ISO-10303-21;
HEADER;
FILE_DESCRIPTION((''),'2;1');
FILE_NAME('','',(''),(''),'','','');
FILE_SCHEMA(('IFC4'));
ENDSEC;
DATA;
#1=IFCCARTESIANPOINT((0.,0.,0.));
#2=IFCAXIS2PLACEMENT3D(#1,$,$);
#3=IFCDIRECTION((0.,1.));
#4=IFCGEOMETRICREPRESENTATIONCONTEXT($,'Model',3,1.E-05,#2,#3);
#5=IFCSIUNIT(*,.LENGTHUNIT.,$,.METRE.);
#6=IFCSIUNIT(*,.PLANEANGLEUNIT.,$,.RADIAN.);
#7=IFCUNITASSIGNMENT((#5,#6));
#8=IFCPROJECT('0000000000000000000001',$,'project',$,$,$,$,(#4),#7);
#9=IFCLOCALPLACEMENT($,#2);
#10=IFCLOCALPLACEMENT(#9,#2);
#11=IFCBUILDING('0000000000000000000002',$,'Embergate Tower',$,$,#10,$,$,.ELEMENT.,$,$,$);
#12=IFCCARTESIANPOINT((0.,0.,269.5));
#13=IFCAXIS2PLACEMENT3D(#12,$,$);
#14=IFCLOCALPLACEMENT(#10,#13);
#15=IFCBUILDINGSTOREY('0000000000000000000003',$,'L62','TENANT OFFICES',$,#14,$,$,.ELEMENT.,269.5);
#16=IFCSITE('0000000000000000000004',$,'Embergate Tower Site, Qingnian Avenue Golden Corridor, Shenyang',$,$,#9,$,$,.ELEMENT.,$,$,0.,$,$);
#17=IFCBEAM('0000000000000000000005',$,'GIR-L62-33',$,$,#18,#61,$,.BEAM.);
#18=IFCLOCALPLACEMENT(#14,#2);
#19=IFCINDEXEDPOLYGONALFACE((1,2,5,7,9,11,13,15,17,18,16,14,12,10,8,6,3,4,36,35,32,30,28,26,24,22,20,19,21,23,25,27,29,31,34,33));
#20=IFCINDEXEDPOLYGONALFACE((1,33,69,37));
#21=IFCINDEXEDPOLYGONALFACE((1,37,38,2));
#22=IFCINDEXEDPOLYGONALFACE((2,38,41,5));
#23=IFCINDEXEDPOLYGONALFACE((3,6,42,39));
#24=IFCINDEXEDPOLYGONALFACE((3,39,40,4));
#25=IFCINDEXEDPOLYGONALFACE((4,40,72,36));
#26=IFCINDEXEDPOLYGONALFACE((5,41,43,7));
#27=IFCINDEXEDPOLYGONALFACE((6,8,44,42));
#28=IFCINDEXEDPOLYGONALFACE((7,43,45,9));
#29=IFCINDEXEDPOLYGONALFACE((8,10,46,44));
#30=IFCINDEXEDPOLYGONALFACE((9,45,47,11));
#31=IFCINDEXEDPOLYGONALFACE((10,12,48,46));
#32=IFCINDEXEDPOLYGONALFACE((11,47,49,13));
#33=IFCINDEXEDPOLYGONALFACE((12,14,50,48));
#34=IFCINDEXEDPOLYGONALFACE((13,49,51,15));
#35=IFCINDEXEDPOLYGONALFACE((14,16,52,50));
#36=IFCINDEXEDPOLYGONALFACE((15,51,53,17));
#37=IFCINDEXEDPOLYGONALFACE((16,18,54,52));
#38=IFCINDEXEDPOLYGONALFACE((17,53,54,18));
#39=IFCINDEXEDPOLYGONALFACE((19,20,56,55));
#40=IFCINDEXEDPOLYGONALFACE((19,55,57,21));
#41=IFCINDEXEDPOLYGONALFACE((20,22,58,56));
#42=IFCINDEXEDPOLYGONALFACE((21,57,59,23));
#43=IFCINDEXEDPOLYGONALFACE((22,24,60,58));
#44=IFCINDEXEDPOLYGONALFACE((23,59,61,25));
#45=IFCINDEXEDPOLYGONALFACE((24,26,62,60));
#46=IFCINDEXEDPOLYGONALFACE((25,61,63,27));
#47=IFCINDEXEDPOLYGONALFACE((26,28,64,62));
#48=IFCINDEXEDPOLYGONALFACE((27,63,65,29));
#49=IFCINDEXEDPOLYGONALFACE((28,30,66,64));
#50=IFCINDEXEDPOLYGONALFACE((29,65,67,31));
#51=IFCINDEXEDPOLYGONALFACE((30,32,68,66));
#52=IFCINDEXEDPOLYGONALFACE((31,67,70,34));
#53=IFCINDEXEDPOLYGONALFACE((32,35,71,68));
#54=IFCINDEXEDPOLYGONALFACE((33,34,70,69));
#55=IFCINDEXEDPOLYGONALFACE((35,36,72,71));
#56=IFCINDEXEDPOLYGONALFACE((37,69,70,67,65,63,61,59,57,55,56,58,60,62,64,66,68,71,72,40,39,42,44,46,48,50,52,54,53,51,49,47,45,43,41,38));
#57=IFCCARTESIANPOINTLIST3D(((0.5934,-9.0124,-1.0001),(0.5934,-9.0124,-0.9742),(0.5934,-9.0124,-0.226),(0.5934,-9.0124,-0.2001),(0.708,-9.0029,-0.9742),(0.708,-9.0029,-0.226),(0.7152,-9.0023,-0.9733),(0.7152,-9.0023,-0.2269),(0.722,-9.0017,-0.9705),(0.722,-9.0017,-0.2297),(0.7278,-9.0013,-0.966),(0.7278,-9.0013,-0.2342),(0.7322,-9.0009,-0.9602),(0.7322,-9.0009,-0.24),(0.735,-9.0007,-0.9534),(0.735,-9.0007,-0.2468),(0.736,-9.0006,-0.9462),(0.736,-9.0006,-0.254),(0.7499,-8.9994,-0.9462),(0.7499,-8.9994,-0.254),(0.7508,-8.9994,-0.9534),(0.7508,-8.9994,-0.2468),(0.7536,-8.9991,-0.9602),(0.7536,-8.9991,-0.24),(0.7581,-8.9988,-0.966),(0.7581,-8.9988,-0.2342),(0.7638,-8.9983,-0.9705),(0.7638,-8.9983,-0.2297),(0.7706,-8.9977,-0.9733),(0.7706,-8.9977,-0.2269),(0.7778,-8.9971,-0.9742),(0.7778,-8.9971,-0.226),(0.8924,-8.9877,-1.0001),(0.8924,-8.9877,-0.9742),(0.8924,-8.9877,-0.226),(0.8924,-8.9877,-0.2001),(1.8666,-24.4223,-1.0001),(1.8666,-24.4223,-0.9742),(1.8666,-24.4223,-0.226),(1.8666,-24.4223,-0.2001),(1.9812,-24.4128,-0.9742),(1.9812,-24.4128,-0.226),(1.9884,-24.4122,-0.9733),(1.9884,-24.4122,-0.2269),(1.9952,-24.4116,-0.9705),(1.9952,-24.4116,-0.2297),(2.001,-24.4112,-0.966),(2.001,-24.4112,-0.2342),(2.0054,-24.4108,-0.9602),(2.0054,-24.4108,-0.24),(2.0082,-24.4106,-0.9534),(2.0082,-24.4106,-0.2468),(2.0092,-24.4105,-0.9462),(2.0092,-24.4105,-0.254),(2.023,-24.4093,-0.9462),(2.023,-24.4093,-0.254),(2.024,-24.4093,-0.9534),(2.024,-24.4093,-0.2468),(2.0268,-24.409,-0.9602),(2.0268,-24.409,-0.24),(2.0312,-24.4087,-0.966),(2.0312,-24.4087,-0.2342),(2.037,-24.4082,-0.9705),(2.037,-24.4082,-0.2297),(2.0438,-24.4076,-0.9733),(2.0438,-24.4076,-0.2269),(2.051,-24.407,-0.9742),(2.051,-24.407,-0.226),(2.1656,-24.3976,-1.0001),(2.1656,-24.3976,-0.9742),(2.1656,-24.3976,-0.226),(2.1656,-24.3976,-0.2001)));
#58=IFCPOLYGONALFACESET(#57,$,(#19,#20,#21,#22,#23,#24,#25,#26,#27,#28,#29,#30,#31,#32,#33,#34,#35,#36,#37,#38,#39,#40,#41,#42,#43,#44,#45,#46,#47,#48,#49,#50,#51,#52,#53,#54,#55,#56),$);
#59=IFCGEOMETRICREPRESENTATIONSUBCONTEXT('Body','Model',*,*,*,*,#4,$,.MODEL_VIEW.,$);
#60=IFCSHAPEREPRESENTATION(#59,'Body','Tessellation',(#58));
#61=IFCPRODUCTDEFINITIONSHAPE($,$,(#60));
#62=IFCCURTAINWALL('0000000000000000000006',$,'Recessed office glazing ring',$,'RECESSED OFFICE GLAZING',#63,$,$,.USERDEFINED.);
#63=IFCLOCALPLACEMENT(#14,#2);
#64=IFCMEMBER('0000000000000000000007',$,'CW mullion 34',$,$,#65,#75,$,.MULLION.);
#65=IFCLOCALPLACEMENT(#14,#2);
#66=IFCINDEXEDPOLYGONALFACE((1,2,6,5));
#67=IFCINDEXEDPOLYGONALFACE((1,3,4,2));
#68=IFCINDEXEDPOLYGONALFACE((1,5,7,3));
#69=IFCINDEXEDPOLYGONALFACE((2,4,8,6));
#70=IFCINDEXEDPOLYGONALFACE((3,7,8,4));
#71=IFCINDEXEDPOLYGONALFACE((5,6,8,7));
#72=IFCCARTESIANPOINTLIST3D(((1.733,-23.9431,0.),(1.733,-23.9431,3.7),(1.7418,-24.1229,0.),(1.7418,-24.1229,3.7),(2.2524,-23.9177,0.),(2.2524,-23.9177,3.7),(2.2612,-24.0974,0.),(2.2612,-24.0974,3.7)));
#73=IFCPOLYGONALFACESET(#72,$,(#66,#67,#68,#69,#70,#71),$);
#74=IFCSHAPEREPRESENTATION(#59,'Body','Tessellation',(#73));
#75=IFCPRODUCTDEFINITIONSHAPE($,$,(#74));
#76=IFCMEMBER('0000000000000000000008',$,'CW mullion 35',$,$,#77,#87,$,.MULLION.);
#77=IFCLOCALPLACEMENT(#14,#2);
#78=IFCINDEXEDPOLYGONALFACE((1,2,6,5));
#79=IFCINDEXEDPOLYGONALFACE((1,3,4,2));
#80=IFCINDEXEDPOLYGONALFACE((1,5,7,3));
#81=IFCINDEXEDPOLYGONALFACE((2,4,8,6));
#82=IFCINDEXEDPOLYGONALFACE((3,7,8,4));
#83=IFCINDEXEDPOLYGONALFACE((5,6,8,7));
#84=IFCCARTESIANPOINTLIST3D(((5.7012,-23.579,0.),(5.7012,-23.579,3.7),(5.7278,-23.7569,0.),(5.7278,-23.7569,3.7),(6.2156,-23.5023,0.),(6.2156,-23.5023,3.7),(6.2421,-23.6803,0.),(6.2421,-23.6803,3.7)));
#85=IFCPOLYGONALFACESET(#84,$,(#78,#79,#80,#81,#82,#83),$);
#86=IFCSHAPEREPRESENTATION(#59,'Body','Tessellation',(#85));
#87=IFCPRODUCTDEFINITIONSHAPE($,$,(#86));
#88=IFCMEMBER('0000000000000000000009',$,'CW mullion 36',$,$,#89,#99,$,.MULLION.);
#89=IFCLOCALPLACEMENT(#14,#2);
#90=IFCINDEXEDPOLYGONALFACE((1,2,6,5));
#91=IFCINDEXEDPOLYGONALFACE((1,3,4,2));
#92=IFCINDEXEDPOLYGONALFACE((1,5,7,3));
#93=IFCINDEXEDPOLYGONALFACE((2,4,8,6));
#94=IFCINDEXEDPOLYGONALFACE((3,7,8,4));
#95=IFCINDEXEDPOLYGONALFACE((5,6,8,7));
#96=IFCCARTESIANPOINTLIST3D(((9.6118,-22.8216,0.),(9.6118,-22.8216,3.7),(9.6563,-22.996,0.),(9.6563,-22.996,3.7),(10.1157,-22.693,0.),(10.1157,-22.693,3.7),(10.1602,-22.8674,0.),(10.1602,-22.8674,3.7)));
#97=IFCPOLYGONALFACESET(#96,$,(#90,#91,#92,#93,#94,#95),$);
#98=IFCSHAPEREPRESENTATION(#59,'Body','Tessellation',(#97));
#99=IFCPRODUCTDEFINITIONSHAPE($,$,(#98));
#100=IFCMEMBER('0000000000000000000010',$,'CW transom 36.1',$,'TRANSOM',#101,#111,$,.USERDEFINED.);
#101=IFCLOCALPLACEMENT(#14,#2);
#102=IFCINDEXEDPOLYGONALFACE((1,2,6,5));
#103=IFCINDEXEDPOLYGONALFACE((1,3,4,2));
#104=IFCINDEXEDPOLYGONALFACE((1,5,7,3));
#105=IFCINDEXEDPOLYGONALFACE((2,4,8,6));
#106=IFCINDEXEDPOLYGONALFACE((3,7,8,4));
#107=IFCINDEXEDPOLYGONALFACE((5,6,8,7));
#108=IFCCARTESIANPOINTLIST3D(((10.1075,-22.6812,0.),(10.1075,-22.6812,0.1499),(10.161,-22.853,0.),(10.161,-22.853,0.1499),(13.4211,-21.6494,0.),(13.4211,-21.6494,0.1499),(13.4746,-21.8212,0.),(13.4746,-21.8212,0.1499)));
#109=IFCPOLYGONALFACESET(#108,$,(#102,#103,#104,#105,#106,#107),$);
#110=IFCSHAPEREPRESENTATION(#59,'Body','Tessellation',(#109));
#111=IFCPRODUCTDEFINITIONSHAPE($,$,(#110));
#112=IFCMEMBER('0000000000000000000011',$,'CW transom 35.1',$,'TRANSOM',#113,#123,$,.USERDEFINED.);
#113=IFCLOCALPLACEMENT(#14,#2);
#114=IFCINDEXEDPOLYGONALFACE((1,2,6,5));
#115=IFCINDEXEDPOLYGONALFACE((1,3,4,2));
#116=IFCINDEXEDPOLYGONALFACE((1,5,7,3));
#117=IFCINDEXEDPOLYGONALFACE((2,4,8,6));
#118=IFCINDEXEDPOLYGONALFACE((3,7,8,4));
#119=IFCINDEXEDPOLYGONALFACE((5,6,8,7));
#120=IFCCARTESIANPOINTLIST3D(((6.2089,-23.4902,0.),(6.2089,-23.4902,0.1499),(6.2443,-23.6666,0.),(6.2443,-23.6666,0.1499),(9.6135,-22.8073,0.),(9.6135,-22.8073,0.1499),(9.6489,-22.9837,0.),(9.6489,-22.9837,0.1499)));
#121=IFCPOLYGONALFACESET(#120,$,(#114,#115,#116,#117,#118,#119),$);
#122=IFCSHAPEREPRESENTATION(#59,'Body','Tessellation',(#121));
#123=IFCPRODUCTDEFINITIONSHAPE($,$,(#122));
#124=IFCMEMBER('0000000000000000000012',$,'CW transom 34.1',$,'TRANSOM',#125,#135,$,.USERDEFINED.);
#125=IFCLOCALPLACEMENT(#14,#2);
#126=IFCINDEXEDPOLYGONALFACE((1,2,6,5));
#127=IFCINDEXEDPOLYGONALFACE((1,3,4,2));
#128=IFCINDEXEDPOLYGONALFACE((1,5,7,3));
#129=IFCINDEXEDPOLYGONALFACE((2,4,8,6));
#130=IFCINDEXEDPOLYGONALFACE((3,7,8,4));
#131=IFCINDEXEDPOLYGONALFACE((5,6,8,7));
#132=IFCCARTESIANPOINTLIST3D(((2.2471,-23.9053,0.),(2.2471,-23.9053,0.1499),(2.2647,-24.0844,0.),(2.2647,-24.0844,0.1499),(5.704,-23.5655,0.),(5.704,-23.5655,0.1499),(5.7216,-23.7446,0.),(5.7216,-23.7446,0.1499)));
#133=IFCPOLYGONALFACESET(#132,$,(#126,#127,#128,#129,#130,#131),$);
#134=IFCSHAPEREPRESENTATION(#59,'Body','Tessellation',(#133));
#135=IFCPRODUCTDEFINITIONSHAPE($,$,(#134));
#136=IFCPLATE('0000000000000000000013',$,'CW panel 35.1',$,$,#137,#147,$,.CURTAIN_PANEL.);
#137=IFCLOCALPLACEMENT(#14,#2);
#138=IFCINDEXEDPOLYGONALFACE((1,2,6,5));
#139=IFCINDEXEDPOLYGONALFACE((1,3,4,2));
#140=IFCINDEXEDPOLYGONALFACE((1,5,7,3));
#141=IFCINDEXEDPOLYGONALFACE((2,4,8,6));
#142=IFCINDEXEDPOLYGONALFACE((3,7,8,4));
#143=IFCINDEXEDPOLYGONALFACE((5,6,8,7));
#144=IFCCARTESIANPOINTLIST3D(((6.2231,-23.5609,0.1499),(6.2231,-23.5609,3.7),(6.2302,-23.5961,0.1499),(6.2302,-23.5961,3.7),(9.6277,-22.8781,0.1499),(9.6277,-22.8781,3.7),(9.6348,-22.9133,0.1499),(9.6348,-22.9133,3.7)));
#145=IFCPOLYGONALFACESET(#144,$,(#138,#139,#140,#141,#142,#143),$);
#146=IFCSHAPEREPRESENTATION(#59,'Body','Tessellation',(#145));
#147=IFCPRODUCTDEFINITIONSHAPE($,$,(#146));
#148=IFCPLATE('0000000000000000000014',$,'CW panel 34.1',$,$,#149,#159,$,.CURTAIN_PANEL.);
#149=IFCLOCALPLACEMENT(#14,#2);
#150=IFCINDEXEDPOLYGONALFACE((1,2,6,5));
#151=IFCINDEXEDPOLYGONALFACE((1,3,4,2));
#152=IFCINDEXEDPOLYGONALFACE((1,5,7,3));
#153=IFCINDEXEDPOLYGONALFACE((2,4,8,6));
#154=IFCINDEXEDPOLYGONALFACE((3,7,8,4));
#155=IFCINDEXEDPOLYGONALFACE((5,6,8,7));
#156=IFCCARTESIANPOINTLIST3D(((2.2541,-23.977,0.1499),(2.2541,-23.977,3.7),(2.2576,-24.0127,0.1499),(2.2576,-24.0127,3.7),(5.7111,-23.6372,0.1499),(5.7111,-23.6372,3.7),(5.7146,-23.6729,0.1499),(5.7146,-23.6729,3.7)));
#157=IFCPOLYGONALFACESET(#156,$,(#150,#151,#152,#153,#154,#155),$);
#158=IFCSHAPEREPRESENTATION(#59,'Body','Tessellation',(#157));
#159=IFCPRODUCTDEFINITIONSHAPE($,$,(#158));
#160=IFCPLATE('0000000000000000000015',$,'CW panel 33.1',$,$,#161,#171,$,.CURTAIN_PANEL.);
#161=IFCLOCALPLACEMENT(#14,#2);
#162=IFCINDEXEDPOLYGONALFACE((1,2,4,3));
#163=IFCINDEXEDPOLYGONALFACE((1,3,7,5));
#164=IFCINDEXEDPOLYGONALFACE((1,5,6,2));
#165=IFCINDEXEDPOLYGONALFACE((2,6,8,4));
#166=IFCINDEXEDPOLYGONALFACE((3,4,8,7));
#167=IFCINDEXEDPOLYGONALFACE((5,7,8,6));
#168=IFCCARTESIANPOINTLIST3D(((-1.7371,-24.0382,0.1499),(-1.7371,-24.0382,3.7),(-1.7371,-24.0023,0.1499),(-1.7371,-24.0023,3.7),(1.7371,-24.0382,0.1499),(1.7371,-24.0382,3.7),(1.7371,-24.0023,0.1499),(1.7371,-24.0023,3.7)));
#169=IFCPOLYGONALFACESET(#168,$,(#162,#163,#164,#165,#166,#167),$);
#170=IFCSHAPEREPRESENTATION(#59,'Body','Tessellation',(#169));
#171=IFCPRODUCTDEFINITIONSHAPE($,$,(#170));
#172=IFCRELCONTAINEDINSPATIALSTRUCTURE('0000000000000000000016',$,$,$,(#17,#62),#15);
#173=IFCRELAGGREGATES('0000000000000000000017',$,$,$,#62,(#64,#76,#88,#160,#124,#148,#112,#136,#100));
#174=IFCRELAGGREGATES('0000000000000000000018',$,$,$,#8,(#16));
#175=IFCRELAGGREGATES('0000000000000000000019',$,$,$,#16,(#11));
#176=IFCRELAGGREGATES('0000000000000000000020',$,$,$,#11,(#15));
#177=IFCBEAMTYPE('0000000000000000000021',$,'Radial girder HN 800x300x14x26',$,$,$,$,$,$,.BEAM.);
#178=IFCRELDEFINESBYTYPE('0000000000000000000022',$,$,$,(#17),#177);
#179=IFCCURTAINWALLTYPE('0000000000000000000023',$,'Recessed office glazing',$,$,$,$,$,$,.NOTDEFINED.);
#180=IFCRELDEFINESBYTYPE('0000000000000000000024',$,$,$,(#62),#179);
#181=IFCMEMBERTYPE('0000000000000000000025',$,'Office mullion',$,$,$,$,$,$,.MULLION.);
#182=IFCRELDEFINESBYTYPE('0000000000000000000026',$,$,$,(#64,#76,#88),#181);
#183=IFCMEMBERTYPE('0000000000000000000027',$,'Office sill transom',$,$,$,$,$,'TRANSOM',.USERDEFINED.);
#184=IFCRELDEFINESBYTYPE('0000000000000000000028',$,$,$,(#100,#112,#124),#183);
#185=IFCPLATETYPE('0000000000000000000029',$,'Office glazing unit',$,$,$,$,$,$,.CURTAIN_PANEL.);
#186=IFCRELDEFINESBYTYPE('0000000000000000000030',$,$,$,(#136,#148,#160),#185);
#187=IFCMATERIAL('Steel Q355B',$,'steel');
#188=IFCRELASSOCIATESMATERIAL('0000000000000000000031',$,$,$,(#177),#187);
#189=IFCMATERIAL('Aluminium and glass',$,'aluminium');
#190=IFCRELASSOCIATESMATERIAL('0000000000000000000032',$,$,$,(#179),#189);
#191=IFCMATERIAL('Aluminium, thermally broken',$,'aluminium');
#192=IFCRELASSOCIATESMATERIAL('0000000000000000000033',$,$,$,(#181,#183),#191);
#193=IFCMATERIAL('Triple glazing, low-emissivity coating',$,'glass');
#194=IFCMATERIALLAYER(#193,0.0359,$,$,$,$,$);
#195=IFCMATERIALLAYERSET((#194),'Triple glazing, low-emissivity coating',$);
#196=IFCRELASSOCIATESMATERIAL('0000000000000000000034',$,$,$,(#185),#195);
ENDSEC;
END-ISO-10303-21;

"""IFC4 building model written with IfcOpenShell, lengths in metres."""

from ifc_helpers import new_model, si_unit, direction, frame, origin, origin_2d, place, context, subcontext, project, spatial, rectangle, i_section, extrude, source, transform, mapped, material, layer, layer_set, material_profile, profile_set, type_object, element, aggregate, save


model = new_model("IFC4")

# Units and contexts
model_context = context("Model", 3, precision=1e-05, world=origin(), true_north=direction((0.0, 1.0)))
body_context = subcontext(model_context, "Body", "Model", "MODEL_VIEW")
ifc_project = project(units=[si_unit("LENGTHUNIT", "METRE"), si_unit("PLANEANGLEUNIT", "RADIAN")], contexts=[model_context])

# Site, building, storey
site_placement = place(None, origin())
site = spatial("IfcSite", under=ifc_project, at=site_placement, Name="Embergate Tower Site, Qingnian Avenue Golden Corridor, Shenyang", CompositionType="ELEMENT", RefElevation=0.0)
building_placement = place(site_placement, origin())
building = spatial("IfcBuilding", under=site, at=building_placement, Name="Embergate Tower", CompositionType="ELEMENT")
storey_placement = place(building_placement, frame((0.0, 0.0, 269.5)))
storey = spatial("IfcBuildingStorey", under=building, at=storey_placement, Name="L62", Description="TENANT OFFICES", CompositionType="ELEMENT", Elevation=269.5)

# Beam
ifc_material_1 = material(Name="Steel Q355B", Category="steel")
ifc_material_profile_1 = material_profile(ifc_material_1, i_section(OverallWidth=0.3, OverallDepth=0.8, WebThickness=0.0139, FlangeThickness=0.0259, FilletRadius=0.0281, at=origin_2d()), Name="HN 800x300x14x26")
ifc_profile_set_1 = profile_set([ifc_material_profile_1], Name="Steel Q355 grade B")
beam_type_1 = type_object("IfcBeamType", Name="Radial girder HN 800x300x14x26", PredefinedType="BEAM", material=ifc_profile_set_1)
shared_shape_1 = source(origin(), body_context, "Body", "SweptSolid", [
    extrude(i_section(OverallWidth=0.3, OverallDepth=0.8, WebThickness=0.0139, FlangeThickness=0.0259, FilletRadius=0.0281, at=origin_2d()), origin(), (0.0, 0.0, 1.0), 15.4624),
])
beam_1_placement = place(storey_placement, frame((2.0161, -24.4099, -0.6001), z_axis=(-0.082341, 0.996604, 0.0), x_axis=(-0.996604, -0.082341, 0.0)))
element("IfcBeam", 1, at=beam_1_placement, inside=storey, type_object=beam_type_1, Name="GIR-L62-33", PredefinedType="BEAM", context=body_context, shape_type="MappedRepresentation", body=[
    mapped(shared_shape_1, transform((0.0, 0.0, 0.0))),
])

# Curtain wall, members
ifc_material_2 = material(Name="Aluminium and glass", Category="aluminium")
curtain_wall_type = type_object("IfcCurtainWallType", Name="Recessed office glazing", PredefinedType="NOTDEFINED", material=ifc_material_2)
curtain_wall_placement = place(storey_placement, origin())
curtain_wall = element("IfcCurtainWall", 2, at=curtain_wall_placement, inside=storey, type_object=curtain_wall_type, Name="Recessed office glazing ring", ObjectType="RECESSED OFFICE GLAZING", PredefinedType="USERDEFINED")
ifc_material_3 = material(Name="Aluminium, thermally broken", Category="aluminium")
ifc_material_profile_2 = material_profile(ifc_material_3, rectangle(XDim=0.1799, YDim=0.52, at=origin_2d()), Name="AL 520x180")
ifc_profile_set_2 = profile_set([ifc_material_profile_2], Name="Aluminium, thermally broken")
member_type_1 = type_object("IfcMemberType", Name="Office mullion", PredefinedType="MULLION", material=ifc_profile_set_2)
shared_shape_2 = source(origin(), body_context, "Body", "SweptSolid", [
    extrude(rectangle(XDim=0.1799, YDim=0.52, at=origin_2d()), origin(), (0.0, 0.0, 1.0), 3.7),
])
member_1_placement = place(storey_placement, frame((1.9971, -24.0203, 0.0), z_axis=(0.0, 0.0, 1.0), x_axis=(-0.04897, 0.9988, 0.0)))
member_1 = element("IfcMember", 3, at=member_1_placement, type_object=member_type_1, Name="CW mullion 34", PredefinedType="MULLION", context=body_context, shape_type="MappedRepresentation", body=[
    mapped(shared_shape_2, transform((0.0, 0.0, 0.0))),
])
member_2_placement = place(storey_placement, frame((5.9717, -23.6296, 0.0), z_axis=(0.0, 0.0, 1.0), x_axis=(-0.147409, 0.989076, 0.0)))
member_2 = element("IfcMember", 4, at=member_2_placement, type_object=member_type_1, Name="CW mullion 35", PredefinedType="MULLION", context=body_context, shape_type="MappedRepresentation", body=[
    mapped(shared_shape_2, transform((0.0, 0.0, 0.0))),
])
member_3_placement = place(storey_placement, frame((9.886, -22.8445, 0.0), z_axis=(0.0, 0.0, 1.0), x_axis=(-0.247307, 0.968937, 0.0)))
member_3 = element("IfcMember", 5, at=member_3_placement, type_object=member_type_1, Name="CW mullion 36", PredefinedType="MULLION", context=body_context, shape_type="MappedRepresentation", body=[
    mapped(shared_shape_2, transform((0.0, 0.0, 0.0))),
])
ifc_material_profile_3 = material_profile(ifc_material_3, rectangle(XDim=0.1799, YDim=0.1499, at=origin_2d()), Name="AL 150x180")
ifc_profile_set_3 = profile_set([ifc_material_profile_3], Name="Aluminium, thermally broken")
member_type_2 = type_object("IfcMemberType", Name="Office sill transom", ElementType="TRANSOM", PredefinedType="USERDEFINED", material=ifc_profile_set_3)
shared_shape_3 = source(origin(), body_context, "Body", "SweptSolid", [
    extrude(rectangle(XDim=0.1799, YDim=0.1499, at=origin_2d()), origin(), (0.0, 0.0, 1.0), 3.4705),
])
member_4_placement = place(storey_placement, frame((10.1343, -22.7671, 0.075), z_axis=(0.954785, 0.297297, 0.0), x_axis=(-0.297297, 0.954785, 0.0)))
member_4 = element("IfcMember", 6, at=member_4_placement, type_object=member_type_2, Name="CW transom 36.1", ObjectType="TRANSOM", PredefinedType="USERDEFINED", context=body_context, shape_type="MappedRepresentation", body=[
    mapped(shared_shape_3, transform((0.0, 0.0, 0.0))),
])
shared_shape_4 = source(origin(), body_context, "Body", "SweptSolid", [
    extrude(rectangle(XDim=0.1799, YDim=0.1499, at=origin_2d()), origin(), (0.0, 0.0, 1.0), 3.4724),
])
member_5_placement = place(storey_placement, frame((6.2266, -23.5784, 0.075), z_axis=(0.980472, 0.196657, 0.0), x_axis=(-0.196657, 0.980472, 0.0)))
member_5 = element("IfcMember", 7, at=member_5_placement, type_object=member_type_2, Name="CW transom 35.1", ObjectType="TRANSOM", PredefinedType="USERDEFINED", context=body_context, shape_type="MappedRepresentation", body=[
    mapped(shared_shape_4, transform((0.0, 0.0, 0.0))),
])
shared_shape_5 = source(origin(), body_context, "Body", "SweptSolid", [
    extrude(rectangle(XDim=0.1799, YDim=0.1499, at=origin_2d()), origin(), (0.0, 0.0, 1.0), 3.4736),
])
member_6_placement = place(storey_placement, frame((2.2559, -23.9949, 0.075), z_axis=(0.995203, 0.097833, 0.0), x_axis=(-0.097833, 0.995203, 0.0)))
member_6 = element("IfcMember", 8, at=member_6_placement, type_object=member_type_2, Name="CW transom 34.1", ObjectType="TRANSOM", PredefinedType="USERDEFINED", context=body_context, shape_type="MappedRepresentation", body=[
    mapped(shared_shape_5, transform((0.0, 0.0, 0.0))),
])

# Plates
ifc_material_4 = material(Name="Triple glazing, low-emissivity coating", Category="glass")
ifc_layer_1 = layer(ifc_material_4, 0.0359)
ifc_layer_set_1 = layer_set([ifc_layer_1], Name="Triple glazing, low-emissivity coating")
plate_type = type_object("IfcPlateType", Name="Office glazing unit", PredefinedType="CURTAIN_PANEL", material=ifc_layer_set_1)
shared_shape_6 = source(origin(), body_context, "Body", "SweptSolid", [
    extrude(rectangle(XDim=3.4724, YDim=0.0359, at=origin_2d()), origin(), (0.0, 0.0, 1.0), 3.55),
])
plate_1_placement = place(storey_placement, frame((7.929, -23.2371, 0.1499), z_axis=(0.0, 0.0, 1.0), x_axis=(0.980476, 0.196638, 0.0)))
plate_1 = element("IfcPlate", 9, at=plate_1_placement, type_object=plate_type, Name="CW panel 35.1", PredefinedType="CURTAIN_PANEL", context=body_context, shape_type="MappedRepresentation", body=[
    mapped(shared_shape_6, transform((0.0, 0.0, 0.0))),
])
shared_shape_7 = source(origin(), body_context, "Body", "SweptSolid", [
    extrude(rectangle(XDim=3.4736, YDim=0.0359, at=origin_2d()), origin(), (0.0, 0.0, 1.0), 3.55),
])
plate_2_placement = place(storey_placement, frame((3.9844, -23.825, 0.1499), z_axis=(0.0, 0.0, 1.0), x_axis=(0.995203, 0.097828, 0.0)))
plate_2 = element("IfcPlate", 10, at=plate_2_placement, type_object=plate_type, Name="CW panel 34.1", PredefinedType="CURTAIN_PANEL", context=body_context, shape_type="MappedRepresentation", body=[
    mapped(shared_shape_7, transform((0.0, 0.0, 0.0))),
])
shared_shape_8 = source(origin(), body_context, "Body", "SweptSolid", [
    extrude(rectangle(XDim=3.4741, YDim=0.0359, at=origin_2d()), origin(), (0.0, 0.0, 1.0), 3.55),
])
plate_3_placement = place(storey_placement, frame((0.0, -24.0203, 0.1499), z_axis=(0.0, 0.0, 1.0), x_axis=(1.0, 0.0, 0.0)))
plate_3 = element("IfcPlate", 11, at=plate_3_placement, type_object=plate_type, Name="CW panel 33.1", PredefinedType="CURTAIN_PANEL", context=body_context, shape_type="MappedRepresentation", body=[
    mapped(shared_shape_8, transform((0.0, 0.0, 0.0))),
])
aggregate(curtain_wall, [member_1, member_2, member_3, plate_3, member_6, plate_2, member_5, plate_1, member_4])

save(model, "model.ifc")
